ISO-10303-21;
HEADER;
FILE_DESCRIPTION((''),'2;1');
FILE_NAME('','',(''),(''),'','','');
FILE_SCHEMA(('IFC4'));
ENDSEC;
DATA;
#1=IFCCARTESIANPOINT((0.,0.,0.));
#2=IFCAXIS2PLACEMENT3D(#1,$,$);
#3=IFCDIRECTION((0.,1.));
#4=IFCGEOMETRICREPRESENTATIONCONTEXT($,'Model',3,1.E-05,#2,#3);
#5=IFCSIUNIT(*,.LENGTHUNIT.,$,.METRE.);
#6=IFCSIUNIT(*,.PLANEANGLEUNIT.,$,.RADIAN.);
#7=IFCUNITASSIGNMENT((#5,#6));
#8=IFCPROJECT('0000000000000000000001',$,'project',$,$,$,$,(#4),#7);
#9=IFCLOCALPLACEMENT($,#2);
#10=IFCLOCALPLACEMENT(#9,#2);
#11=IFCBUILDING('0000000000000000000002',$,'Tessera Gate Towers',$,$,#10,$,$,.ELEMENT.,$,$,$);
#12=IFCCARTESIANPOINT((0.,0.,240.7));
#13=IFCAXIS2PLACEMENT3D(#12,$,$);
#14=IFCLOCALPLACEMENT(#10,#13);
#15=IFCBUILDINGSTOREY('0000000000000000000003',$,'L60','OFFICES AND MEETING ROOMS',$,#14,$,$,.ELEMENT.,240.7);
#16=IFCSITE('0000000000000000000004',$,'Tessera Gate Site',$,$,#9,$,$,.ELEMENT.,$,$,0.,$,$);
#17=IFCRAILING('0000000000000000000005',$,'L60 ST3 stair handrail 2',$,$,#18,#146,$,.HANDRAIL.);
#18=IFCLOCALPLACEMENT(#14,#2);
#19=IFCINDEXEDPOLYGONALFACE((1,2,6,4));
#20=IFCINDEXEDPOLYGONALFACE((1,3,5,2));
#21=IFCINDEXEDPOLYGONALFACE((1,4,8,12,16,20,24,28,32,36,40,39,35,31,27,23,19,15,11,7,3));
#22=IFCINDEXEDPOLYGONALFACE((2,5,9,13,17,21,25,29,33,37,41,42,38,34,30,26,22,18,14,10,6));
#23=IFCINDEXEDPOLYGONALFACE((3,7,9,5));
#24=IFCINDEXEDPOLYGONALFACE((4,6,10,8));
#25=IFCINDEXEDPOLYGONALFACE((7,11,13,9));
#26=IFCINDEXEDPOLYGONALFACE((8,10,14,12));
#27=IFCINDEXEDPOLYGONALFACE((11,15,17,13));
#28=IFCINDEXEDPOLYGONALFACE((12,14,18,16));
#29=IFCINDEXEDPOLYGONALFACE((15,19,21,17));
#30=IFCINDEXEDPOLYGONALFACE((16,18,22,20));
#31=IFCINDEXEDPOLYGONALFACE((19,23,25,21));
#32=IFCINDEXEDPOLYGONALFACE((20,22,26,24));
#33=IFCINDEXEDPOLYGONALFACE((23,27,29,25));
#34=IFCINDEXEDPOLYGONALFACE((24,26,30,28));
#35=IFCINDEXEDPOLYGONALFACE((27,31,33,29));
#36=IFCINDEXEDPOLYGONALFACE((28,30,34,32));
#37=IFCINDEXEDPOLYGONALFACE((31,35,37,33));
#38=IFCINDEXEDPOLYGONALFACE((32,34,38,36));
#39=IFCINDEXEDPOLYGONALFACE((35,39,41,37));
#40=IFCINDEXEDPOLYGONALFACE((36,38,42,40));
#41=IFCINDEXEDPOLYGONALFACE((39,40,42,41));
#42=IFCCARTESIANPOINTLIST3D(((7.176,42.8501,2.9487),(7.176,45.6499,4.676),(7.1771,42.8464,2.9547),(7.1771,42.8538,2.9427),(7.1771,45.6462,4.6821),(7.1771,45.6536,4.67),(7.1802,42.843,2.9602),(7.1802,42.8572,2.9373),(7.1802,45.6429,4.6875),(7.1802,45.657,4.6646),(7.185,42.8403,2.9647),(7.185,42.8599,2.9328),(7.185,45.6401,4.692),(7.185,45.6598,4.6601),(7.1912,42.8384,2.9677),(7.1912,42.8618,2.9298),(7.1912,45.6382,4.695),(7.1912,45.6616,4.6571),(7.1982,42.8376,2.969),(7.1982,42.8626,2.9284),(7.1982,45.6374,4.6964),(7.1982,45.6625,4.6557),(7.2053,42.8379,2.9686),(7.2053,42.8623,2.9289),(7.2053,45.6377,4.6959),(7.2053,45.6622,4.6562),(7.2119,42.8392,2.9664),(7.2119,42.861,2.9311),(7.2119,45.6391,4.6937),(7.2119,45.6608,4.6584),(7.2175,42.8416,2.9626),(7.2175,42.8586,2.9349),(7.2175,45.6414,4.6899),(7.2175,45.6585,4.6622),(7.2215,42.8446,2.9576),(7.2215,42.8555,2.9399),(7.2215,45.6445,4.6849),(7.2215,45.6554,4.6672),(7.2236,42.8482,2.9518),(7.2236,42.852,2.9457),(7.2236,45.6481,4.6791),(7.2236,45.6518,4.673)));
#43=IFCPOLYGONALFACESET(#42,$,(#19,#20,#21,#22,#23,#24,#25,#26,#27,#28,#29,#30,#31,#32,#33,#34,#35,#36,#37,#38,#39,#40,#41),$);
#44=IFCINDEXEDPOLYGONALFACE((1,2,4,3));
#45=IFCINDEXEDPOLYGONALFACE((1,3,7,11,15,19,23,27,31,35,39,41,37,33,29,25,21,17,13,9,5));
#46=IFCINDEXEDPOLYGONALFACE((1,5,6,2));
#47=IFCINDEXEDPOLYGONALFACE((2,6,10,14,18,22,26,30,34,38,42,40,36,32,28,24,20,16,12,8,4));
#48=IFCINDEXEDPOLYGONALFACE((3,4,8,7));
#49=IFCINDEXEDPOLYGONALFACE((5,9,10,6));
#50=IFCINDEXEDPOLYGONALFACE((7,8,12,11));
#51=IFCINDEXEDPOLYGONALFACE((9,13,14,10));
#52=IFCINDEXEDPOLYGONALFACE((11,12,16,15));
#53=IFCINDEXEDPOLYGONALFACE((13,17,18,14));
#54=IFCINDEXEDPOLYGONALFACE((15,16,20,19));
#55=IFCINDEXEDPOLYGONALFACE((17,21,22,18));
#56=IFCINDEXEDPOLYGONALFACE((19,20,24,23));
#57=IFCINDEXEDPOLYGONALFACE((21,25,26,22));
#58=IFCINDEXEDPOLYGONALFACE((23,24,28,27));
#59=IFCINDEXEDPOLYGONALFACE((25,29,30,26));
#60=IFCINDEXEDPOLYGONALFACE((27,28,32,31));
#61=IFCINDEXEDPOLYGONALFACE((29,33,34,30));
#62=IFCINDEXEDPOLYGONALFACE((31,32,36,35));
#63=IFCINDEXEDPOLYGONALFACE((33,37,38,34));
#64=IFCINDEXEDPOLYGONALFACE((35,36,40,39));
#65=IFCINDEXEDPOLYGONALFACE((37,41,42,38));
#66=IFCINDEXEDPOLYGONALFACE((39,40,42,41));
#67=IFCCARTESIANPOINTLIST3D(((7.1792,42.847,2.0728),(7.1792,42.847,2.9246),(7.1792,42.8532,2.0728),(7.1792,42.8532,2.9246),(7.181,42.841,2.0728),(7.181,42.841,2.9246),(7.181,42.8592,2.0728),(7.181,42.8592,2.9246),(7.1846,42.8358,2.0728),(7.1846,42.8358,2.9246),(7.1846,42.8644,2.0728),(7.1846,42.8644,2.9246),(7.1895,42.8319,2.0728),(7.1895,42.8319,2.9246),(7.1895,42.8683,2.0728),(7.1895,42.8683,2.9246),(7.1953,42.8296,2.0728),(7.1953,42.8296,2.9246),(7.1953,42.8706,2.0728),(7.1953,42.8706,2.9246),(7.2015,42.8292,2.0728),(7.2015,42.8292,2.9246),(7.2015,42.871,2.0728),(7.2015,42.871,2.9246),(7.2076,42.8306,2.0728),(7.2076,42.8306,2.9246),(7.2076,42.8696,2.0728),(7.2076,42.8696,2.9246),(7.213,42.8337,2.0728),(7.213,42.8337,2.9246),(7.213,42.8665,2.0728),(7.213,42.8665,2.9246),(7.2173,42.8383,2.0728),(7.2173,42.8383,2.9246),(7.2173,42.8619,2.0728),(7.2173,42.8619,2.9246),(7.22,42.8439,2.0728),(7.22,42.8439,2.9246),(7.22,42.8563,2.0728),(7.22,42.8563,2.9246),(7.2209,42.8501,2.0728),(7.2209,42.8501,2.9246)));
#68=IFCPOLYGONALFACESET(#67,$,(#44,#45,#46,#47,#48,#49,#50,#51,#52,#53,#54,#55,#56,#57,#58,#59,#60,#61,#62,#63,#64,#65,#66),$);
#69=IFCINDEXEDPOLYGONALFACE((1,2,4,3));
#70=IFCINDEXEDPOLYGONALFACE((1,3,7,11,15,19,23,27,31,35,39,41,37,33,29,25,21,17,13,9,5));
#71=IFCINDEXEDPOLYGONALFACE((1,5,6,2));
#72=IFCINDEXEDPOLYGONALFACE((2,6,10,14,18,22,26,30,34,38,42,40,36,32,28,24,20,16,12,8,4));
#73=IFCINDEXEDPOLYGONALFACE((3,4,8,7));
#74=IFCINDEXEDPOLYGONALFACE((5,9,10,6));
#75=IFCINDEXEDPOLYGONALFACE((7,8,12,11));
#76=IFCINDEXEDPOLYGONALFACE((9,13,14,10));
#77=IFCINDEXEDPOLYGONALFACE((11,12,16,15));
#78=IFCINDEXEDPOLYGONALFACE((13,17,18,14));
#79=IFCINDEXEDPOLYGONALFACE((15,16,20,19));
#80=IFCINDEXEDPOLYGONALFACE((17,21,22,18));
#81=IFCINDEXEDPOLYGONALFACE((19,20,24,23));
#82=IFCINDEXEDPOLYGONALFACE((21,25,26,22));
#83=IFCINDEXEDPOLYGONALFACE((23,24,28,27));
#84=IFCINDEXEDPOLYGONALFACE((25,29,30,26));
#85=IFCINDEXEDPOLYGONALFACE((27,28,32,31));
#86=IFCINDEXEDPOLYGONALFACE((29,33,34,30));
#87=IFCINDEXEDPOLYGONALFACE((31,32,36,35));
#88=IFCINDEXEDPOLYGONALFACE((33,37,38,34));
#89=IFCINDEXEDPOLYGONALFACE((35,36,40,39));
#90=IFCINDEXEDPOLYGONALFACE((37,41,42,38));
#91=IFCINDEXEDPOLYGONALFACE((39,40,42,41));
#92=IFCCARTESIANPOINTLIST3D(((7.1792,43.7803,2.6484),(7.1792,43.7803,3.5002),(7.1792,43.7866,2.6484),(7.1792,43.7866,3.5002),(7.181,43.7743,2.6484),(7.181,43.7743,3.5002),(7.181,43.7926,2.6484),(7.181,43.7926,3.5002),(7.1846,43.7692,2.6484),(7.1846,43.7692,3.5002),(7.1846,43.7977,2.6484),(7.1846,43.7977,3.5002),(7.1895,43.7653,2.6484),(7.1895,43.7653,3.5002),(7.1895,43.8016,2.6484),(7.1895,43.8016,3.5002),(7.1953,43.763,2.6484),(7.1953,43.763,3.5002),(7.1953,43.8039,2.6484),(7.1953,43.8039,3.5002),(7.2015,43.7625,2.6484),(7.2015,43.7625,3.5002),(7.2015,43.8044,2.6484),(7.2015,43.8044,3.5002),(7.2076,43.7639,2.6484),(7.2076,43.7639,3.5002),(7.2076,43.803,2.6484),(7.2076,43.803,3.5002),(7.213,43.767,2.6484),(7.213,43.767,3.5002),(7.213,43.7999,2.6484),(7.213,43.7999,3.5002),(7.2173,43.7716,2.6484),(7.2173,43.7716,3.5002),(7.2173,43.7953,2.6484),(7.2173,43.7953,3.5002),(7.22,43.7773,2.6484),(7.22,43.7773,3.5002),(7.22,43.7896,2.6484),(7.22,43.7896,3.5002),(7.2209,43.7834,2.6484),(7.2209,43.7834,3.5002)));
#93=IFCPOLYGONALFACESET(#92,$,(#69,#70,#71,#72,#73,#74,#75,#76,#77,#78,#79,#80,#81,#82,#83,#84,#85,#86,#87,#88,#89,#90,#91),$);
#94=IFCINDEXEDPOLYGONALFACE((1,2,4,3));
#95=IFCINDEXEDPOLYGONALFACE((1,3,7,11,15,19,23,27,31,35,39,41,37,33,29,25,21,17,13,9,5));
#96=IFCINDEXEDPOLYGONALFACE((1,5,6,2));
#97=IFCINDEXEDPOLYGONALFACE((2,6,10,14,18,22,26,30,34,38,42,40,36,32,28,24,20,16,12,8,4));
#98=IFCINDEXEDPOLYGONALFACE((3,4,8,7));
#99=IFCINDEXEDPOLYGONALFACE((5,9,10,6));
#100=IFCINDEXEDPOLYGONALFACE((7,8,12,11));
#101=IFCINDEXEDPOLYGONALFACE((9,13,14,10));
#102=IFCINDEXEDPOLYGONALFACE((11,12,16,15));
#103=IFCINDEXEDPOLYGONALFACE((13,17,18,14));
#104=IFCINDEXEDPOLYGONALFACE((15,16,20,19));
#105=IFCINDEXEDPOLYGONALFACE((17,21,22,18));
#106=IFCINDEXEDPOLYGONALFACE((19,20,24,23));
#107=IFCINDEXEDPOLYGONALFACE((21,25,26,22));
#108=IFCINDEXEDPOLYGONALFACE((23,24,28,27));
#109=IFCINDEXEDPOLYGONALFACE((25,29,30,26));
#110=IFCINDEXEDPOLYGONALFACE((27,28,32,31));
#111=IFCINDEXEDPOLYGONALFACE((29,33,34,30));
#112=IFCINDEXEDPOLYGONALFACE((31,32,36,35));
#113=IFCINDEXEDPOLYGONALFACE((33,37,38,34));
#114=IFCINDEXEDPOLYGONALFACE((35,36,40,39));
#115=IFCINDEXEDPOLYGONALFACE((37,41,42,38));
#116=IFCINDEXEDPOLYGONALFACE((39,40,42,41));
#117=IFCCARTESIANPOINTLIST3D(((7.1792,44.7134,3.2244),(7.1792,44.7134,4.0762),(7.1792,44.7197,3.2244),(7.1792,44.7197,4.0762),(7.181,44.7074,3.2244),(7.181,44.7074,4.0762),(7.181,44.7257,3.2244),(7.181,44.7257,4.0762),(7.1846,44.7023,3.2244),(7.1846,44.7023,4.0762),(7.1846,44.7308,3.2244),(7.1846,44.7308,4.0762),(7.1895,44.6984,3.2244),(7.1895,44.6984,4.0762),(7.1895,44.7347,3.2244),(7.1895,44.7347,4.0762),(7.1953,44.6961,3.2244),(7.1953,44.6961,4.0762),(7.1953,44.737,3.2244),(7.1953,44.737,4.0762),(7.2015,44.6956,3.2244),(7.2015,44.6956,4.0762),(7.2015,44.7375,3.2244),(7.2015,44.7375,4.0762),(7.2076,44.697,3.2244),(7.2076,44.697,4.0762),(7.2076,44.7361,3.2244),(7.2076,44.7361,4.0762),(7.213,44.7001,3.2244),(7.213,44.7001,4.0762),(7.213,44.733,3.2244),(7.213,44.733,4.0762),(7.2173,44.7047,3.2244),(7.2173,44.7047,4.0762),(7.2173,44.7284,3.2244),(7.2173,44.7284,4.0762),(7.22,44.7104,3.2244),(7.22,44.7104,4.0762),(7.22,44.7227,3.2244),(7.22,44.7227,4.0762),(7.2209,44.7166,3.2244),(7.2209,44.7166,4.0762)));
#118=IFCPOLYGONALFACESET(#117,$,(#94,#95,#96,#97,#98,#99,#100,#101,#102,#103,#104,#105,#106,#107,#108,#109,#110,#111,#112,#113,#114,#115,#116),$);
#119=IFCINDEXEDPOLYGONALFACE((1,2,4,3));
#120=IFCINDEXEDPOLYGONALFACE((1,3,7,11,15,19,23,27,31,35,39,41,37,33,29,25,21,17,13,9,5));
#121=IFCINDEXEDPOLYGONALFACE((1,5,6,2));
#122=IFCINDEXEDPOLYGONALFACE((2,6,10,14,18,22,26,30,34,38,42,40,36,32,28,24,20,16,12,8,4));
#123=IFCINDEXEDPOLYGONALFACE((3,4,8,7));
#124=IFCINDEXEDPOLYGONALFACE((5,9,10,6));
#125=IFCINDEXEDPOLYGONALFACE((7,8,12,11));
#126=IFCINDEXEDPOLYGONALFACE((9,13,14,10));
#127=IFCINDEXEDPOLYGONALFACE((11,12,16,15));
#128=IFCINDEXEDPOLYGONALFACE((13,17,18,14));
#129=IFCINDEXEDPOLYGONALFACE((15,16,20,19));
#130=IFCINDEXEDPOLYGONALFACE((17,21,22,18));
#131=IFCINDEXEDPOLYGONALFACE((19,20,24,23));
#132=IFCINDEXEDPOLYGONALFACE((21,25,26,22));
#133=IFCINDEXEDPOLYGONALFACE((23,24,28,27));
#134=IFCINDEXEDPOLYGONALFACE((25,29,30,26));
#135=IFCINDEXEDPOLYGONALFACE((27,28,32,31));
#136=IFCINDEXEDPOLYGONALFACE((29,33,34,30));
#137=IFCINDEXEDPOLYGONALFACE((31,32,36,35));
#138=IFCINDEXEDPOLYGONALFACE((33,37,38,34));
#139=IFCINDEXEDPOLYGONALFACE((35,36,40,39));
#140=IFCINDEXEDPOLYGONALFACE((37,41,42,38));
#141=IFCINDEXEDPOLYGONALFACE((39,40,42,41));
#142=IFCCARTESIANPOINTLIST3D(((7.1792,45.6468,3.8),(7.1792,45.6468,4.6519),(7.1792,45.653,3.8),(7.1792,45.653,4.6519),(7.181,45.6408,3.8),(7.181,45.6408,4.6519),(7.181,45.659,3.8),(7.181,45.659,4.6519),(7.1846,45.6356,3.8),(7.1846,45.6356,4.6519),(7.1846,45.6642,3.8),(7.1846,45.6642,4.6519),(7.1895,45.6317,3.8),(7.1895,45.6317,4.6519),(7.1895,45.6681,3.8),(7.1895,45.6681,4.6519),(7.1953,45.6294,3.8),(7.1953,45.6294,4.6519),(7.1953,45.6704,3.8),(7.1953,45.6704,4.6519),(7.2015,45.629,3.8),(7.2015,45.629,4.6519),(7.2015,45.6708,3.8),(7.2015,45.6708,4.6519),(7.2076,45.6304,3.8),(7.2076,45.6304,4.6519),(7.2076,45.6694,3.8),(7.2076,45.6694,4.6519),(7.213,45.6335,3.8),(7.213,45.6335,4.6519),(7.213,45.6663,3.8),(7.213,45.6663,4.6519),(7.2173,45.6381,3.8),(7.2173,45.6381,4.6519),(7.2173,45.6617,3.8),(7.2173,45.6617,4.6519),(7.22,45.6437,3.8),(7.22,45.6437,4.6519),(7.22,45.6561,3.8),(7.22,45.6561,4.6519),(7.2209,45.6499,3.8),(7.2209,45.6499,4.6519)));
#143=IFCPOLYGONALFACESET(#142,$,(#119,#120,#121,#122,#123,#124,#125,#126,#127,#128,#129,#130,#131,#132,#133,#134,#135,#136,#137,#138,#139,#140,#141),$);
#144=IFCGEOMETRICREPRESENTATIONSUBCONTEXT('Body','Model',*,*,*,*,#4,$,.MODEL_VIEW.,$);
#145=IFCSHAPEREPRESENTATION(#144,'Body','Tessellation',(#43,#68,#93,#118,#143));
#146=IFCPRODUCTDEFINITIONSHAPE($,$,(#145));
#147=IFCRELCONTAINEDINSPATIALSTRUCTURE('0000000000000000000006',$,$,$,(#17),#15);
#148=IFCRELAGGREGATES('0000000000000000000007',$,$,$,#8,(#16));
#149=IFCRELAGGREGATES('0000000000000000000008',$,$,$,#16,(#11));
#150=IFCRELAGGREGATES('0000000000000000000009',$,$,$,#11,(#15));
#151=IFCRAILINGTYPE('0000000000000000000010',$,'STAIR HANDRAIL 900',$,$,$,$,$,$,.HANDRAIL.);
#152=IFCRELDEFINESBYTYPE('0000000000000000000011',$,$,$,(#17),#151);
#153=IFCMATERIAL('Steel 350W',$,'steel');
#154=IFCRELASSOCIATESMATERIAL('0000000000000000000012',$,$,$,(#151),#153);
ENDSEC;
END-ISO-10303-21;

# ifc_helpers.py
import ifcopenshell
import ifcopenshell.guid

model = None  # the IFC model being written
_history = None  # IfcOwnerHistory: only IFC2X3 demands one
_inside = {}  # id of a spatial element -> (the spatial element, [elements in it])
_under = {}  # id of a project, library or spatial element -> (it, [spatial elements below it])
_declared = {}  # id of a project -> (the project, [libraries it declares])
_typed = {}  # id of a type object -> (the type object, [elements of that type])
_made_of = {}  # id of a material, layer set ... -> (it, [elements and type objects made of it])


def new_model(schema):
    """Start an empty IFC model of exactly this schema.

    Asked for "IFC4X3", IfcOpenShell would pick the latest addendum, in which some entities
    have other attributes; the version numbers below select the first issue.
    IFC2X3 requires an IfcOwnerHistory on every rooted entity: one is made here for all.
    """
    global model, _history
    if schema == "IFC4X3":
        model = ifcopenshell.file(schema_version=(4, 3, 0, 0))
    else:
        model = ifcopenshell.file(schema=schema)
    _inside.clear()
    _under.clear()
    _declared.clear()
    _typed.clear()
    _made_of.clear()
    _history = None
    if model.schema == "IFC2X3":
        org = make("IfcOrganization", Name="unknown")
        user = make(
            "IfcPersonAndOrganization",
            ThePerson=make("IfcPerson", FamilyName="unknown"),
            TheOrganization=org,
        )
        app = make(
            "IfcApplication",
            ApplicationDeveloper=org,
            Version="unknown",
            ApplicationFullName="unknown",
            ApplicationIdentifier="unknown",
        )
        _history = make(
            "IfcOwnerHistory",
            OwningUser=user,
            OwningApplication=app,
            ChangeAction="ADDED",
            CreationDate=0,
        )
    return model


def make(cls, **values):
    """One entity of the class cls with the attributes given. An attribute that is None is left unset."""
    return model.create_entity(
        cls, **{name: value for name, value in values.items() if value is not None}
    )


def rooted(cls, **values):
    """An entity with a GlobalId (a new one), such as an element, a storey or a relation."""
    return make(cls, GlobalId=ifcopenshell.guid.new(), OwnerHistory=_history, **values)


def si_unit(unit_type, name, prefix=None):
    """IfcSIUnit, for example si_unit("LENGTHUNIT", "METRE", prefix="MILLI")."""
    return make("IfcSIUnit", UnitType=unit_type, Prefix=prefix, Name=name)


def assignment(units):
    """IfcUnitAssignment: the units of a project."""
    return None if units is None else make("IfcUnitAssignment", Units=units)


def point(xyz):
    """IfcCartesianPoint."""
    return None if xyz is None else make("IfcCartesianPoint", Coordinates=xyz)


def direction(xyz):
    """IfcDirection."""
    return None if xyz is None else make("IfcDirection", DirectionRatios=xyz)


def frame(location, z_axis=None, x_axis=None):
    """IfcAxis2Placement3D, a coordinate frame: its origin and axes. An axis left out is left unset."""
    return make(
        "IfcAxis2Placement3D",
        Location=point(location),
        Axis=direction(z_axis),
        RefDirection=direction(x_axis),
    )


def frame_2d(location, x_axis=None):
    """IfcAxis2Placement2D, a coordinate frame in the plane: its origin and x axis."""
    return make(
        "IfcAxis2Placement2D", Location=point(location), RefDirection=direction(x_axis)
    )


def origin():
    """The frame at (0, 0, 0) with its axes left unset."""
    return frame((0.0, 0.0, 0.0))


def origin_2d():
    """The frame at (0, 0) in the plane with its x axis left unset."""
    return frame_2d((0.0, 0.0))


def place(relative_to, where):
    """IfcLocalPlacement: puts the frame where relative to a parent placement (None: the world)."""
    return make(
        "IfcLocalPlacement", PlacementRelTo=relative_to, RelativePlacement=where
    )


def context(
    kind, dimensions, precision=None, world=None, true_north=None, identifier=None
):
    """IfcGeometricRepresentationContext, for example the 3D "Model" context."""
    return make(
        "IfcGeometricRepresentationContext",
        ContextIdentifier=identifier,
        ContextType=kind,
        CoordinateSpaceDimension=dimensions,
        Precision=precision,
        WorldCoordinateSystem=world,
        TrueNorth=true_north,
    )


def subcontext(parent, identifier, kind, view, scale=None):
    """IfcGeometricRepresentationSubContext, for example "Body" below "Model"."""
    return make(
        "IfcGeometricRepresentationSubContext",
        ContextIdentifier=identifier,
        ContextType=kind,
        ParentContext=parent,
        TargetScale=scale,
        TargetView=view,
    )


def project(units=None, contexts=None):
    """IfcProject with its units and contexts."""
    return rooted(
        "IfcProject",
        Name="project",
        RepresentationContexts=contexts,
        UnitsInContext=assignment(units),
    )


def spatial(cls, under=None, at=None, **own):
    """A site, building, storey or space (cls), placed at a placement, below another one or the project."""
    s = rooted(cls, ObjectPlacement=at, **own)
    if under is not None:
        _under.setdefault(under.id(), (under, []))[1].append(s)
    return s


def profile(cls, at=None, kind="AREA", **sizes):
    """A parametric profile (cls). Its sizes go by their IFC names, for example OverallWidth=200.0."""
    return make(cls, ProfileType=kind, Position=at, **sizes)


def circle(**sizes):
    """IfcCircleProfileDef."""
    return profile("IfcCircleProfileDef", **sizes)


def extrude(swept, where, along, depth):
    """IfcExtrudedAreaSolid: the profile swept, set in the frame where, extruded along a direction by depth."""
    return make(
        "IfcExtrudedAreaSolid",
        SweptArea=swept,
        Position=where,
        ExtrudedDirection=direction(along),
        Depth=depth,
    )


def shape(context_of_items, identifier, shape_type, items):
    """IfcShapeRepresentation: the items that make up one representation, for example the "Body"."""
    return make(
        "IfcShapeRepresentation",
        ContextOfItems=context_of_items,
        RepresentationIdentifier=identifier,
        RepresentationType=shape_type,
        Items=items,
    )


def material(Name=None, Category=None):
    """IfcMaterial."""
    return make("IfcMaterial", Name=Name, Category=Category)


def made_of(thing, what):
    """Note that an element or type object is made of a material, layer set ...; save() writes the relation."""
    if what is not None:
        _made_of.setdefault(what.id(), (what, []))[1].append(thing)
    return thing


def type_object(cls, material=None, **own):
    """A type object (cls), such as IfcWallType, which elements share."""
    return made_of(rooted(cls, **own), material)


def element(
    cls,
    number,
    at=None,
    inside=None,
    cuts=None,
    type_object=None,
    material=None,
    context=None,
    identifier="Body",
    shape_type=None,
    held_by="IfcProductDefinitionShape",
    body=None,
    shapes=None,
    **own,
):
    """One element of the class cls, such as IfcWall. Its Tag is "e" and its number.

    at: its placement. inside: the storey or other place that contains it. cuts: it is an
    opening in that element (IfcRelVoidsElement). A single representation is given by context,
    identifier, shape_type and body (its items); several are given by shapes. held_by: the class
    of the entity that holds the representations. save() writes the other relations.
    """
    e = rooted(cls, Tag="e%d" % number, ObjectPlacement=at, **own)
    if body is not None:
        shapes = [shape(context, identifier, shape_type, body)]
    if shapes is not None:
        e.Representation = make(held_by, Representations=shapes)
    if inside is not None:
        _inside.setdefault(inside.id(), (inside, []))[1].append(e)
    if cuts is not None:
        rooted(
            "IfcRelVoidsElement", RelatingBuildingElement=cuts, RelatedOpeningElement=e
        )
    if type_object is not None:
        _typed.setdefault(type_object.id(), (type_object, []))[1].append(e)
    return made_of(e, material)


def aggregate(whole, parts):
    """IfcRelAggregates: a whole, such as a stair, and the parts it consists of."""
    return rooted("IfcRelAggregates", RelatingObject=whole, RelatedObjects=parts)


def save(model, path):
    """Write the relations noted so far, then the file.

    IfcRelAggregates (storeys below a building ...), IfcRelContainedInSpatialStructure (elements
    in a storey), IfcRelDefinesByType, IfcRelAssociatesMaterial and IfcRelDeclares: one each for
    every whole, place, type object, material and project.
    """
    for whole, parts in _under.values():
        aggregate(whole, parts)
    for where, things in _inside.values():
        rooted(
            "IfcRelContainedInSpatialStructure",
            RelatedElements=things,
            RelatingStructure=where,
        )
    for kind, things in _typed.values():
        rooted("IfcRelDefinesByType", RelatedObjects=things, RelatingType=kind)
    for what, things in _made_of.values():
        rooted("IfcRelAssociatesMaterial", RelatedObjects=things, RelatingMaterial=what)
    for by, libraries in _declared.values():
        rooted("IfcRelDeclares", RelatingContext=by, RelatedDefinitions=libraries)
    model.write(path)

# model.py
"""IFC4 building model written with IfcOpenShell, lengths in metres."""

from ifc_helpers import new_model, si_unit, direction, frame, origin, origin_2d, place, context, subcontext, project, spatial, circle, extrude, material, type_object, element, save


model = new_model("IFC4")

# Units and contexts
model_context = context("Model", 3, precision=1e-05, world=origin(), true_north=direction((0.0, 1.0)))
body_context = subcontext(model_context, "Body", "Model", "MODEL_VIEW")
ifc_project = project(units=[si_unit("LENGTHUNIT", "METRE"), si_unit("PLANEANGLEUNIT", "RADIAN")], contexts=[model_context])

# Site, building, storey
site_placement = place(None, origin())
site = spatial("IfcSite", under=ifc_project, at=site_placement, Name="Tessera Gate Site", CompositionType="ELEMENT", RefElevation=0.0)
building_placement = place(site_placement, origin())
building = spatial("IfcBuilding", under=site, at=building_placement, Name="Tessera Gate Towers", CompositionType="ELEMENT")
storey_placement = place(building_placement, frame((0.0, 0.0, 240.7)))
storey = spatial("IfcBuildingStorey", under=building, at=storey_placement, Name="L60", Description="OFFICES AND MEETING ROOMS", CompositionType="ELEMENT", Elevation=240.7)

# Railing
ifc_material_1 = material(Name="Steel 350W", Category="steel")
railing_type_1 = type_object("IfcRailingType", Name="STAIR HANDRAIL 900", PredefinedType="HANDRAIL", material=ifc_material_1)
railing_1_placement = place(storey_placement, frame((7.2, 42.8501, 2.0728)))
element("IfcRailing", 1, at=railing_1_placement, inside=storey, type_object=railing_type_1, Name="L60 ST3 stair handrail 2", PredefinedType="HANDRAIL", context=body_context, shape_type="SweptSolid", body=[
    extrude(circle(Radius=0.0239, at=origin_2d()), frame((0.0, 0.0, 0.876), z_axis=(0.0, 0.851069, 0.525054), x_axis=(-1.0, 0.0, 0.0)), (0.0, 0.0, 1.0), 3.2898),
    extrude(circle(Radius=0.021, at=origin_2d()), origin(), (0.0, 0.0, 1.0), 0.8518),
    extrude(circle(Radius=0.021, at=origin_2d()), frame((0.0, 0.9333, 0.5757)), (0.0, 0.0, 1.0), 0.8518),
    extrude(circle(Radius=0.021, at=origin_2d()), frame((0.0, 1.8665, 1.1516)), (0.0, 0.0, 1.0), 0.8518),
    extrude(circle(Radius=0.021, at=origin_2d()), frame((0.0, 2.7998, 1.7273)), (0.0, 0.0, 1.0), 0.8518),
])

save(model, "model.ifc")
